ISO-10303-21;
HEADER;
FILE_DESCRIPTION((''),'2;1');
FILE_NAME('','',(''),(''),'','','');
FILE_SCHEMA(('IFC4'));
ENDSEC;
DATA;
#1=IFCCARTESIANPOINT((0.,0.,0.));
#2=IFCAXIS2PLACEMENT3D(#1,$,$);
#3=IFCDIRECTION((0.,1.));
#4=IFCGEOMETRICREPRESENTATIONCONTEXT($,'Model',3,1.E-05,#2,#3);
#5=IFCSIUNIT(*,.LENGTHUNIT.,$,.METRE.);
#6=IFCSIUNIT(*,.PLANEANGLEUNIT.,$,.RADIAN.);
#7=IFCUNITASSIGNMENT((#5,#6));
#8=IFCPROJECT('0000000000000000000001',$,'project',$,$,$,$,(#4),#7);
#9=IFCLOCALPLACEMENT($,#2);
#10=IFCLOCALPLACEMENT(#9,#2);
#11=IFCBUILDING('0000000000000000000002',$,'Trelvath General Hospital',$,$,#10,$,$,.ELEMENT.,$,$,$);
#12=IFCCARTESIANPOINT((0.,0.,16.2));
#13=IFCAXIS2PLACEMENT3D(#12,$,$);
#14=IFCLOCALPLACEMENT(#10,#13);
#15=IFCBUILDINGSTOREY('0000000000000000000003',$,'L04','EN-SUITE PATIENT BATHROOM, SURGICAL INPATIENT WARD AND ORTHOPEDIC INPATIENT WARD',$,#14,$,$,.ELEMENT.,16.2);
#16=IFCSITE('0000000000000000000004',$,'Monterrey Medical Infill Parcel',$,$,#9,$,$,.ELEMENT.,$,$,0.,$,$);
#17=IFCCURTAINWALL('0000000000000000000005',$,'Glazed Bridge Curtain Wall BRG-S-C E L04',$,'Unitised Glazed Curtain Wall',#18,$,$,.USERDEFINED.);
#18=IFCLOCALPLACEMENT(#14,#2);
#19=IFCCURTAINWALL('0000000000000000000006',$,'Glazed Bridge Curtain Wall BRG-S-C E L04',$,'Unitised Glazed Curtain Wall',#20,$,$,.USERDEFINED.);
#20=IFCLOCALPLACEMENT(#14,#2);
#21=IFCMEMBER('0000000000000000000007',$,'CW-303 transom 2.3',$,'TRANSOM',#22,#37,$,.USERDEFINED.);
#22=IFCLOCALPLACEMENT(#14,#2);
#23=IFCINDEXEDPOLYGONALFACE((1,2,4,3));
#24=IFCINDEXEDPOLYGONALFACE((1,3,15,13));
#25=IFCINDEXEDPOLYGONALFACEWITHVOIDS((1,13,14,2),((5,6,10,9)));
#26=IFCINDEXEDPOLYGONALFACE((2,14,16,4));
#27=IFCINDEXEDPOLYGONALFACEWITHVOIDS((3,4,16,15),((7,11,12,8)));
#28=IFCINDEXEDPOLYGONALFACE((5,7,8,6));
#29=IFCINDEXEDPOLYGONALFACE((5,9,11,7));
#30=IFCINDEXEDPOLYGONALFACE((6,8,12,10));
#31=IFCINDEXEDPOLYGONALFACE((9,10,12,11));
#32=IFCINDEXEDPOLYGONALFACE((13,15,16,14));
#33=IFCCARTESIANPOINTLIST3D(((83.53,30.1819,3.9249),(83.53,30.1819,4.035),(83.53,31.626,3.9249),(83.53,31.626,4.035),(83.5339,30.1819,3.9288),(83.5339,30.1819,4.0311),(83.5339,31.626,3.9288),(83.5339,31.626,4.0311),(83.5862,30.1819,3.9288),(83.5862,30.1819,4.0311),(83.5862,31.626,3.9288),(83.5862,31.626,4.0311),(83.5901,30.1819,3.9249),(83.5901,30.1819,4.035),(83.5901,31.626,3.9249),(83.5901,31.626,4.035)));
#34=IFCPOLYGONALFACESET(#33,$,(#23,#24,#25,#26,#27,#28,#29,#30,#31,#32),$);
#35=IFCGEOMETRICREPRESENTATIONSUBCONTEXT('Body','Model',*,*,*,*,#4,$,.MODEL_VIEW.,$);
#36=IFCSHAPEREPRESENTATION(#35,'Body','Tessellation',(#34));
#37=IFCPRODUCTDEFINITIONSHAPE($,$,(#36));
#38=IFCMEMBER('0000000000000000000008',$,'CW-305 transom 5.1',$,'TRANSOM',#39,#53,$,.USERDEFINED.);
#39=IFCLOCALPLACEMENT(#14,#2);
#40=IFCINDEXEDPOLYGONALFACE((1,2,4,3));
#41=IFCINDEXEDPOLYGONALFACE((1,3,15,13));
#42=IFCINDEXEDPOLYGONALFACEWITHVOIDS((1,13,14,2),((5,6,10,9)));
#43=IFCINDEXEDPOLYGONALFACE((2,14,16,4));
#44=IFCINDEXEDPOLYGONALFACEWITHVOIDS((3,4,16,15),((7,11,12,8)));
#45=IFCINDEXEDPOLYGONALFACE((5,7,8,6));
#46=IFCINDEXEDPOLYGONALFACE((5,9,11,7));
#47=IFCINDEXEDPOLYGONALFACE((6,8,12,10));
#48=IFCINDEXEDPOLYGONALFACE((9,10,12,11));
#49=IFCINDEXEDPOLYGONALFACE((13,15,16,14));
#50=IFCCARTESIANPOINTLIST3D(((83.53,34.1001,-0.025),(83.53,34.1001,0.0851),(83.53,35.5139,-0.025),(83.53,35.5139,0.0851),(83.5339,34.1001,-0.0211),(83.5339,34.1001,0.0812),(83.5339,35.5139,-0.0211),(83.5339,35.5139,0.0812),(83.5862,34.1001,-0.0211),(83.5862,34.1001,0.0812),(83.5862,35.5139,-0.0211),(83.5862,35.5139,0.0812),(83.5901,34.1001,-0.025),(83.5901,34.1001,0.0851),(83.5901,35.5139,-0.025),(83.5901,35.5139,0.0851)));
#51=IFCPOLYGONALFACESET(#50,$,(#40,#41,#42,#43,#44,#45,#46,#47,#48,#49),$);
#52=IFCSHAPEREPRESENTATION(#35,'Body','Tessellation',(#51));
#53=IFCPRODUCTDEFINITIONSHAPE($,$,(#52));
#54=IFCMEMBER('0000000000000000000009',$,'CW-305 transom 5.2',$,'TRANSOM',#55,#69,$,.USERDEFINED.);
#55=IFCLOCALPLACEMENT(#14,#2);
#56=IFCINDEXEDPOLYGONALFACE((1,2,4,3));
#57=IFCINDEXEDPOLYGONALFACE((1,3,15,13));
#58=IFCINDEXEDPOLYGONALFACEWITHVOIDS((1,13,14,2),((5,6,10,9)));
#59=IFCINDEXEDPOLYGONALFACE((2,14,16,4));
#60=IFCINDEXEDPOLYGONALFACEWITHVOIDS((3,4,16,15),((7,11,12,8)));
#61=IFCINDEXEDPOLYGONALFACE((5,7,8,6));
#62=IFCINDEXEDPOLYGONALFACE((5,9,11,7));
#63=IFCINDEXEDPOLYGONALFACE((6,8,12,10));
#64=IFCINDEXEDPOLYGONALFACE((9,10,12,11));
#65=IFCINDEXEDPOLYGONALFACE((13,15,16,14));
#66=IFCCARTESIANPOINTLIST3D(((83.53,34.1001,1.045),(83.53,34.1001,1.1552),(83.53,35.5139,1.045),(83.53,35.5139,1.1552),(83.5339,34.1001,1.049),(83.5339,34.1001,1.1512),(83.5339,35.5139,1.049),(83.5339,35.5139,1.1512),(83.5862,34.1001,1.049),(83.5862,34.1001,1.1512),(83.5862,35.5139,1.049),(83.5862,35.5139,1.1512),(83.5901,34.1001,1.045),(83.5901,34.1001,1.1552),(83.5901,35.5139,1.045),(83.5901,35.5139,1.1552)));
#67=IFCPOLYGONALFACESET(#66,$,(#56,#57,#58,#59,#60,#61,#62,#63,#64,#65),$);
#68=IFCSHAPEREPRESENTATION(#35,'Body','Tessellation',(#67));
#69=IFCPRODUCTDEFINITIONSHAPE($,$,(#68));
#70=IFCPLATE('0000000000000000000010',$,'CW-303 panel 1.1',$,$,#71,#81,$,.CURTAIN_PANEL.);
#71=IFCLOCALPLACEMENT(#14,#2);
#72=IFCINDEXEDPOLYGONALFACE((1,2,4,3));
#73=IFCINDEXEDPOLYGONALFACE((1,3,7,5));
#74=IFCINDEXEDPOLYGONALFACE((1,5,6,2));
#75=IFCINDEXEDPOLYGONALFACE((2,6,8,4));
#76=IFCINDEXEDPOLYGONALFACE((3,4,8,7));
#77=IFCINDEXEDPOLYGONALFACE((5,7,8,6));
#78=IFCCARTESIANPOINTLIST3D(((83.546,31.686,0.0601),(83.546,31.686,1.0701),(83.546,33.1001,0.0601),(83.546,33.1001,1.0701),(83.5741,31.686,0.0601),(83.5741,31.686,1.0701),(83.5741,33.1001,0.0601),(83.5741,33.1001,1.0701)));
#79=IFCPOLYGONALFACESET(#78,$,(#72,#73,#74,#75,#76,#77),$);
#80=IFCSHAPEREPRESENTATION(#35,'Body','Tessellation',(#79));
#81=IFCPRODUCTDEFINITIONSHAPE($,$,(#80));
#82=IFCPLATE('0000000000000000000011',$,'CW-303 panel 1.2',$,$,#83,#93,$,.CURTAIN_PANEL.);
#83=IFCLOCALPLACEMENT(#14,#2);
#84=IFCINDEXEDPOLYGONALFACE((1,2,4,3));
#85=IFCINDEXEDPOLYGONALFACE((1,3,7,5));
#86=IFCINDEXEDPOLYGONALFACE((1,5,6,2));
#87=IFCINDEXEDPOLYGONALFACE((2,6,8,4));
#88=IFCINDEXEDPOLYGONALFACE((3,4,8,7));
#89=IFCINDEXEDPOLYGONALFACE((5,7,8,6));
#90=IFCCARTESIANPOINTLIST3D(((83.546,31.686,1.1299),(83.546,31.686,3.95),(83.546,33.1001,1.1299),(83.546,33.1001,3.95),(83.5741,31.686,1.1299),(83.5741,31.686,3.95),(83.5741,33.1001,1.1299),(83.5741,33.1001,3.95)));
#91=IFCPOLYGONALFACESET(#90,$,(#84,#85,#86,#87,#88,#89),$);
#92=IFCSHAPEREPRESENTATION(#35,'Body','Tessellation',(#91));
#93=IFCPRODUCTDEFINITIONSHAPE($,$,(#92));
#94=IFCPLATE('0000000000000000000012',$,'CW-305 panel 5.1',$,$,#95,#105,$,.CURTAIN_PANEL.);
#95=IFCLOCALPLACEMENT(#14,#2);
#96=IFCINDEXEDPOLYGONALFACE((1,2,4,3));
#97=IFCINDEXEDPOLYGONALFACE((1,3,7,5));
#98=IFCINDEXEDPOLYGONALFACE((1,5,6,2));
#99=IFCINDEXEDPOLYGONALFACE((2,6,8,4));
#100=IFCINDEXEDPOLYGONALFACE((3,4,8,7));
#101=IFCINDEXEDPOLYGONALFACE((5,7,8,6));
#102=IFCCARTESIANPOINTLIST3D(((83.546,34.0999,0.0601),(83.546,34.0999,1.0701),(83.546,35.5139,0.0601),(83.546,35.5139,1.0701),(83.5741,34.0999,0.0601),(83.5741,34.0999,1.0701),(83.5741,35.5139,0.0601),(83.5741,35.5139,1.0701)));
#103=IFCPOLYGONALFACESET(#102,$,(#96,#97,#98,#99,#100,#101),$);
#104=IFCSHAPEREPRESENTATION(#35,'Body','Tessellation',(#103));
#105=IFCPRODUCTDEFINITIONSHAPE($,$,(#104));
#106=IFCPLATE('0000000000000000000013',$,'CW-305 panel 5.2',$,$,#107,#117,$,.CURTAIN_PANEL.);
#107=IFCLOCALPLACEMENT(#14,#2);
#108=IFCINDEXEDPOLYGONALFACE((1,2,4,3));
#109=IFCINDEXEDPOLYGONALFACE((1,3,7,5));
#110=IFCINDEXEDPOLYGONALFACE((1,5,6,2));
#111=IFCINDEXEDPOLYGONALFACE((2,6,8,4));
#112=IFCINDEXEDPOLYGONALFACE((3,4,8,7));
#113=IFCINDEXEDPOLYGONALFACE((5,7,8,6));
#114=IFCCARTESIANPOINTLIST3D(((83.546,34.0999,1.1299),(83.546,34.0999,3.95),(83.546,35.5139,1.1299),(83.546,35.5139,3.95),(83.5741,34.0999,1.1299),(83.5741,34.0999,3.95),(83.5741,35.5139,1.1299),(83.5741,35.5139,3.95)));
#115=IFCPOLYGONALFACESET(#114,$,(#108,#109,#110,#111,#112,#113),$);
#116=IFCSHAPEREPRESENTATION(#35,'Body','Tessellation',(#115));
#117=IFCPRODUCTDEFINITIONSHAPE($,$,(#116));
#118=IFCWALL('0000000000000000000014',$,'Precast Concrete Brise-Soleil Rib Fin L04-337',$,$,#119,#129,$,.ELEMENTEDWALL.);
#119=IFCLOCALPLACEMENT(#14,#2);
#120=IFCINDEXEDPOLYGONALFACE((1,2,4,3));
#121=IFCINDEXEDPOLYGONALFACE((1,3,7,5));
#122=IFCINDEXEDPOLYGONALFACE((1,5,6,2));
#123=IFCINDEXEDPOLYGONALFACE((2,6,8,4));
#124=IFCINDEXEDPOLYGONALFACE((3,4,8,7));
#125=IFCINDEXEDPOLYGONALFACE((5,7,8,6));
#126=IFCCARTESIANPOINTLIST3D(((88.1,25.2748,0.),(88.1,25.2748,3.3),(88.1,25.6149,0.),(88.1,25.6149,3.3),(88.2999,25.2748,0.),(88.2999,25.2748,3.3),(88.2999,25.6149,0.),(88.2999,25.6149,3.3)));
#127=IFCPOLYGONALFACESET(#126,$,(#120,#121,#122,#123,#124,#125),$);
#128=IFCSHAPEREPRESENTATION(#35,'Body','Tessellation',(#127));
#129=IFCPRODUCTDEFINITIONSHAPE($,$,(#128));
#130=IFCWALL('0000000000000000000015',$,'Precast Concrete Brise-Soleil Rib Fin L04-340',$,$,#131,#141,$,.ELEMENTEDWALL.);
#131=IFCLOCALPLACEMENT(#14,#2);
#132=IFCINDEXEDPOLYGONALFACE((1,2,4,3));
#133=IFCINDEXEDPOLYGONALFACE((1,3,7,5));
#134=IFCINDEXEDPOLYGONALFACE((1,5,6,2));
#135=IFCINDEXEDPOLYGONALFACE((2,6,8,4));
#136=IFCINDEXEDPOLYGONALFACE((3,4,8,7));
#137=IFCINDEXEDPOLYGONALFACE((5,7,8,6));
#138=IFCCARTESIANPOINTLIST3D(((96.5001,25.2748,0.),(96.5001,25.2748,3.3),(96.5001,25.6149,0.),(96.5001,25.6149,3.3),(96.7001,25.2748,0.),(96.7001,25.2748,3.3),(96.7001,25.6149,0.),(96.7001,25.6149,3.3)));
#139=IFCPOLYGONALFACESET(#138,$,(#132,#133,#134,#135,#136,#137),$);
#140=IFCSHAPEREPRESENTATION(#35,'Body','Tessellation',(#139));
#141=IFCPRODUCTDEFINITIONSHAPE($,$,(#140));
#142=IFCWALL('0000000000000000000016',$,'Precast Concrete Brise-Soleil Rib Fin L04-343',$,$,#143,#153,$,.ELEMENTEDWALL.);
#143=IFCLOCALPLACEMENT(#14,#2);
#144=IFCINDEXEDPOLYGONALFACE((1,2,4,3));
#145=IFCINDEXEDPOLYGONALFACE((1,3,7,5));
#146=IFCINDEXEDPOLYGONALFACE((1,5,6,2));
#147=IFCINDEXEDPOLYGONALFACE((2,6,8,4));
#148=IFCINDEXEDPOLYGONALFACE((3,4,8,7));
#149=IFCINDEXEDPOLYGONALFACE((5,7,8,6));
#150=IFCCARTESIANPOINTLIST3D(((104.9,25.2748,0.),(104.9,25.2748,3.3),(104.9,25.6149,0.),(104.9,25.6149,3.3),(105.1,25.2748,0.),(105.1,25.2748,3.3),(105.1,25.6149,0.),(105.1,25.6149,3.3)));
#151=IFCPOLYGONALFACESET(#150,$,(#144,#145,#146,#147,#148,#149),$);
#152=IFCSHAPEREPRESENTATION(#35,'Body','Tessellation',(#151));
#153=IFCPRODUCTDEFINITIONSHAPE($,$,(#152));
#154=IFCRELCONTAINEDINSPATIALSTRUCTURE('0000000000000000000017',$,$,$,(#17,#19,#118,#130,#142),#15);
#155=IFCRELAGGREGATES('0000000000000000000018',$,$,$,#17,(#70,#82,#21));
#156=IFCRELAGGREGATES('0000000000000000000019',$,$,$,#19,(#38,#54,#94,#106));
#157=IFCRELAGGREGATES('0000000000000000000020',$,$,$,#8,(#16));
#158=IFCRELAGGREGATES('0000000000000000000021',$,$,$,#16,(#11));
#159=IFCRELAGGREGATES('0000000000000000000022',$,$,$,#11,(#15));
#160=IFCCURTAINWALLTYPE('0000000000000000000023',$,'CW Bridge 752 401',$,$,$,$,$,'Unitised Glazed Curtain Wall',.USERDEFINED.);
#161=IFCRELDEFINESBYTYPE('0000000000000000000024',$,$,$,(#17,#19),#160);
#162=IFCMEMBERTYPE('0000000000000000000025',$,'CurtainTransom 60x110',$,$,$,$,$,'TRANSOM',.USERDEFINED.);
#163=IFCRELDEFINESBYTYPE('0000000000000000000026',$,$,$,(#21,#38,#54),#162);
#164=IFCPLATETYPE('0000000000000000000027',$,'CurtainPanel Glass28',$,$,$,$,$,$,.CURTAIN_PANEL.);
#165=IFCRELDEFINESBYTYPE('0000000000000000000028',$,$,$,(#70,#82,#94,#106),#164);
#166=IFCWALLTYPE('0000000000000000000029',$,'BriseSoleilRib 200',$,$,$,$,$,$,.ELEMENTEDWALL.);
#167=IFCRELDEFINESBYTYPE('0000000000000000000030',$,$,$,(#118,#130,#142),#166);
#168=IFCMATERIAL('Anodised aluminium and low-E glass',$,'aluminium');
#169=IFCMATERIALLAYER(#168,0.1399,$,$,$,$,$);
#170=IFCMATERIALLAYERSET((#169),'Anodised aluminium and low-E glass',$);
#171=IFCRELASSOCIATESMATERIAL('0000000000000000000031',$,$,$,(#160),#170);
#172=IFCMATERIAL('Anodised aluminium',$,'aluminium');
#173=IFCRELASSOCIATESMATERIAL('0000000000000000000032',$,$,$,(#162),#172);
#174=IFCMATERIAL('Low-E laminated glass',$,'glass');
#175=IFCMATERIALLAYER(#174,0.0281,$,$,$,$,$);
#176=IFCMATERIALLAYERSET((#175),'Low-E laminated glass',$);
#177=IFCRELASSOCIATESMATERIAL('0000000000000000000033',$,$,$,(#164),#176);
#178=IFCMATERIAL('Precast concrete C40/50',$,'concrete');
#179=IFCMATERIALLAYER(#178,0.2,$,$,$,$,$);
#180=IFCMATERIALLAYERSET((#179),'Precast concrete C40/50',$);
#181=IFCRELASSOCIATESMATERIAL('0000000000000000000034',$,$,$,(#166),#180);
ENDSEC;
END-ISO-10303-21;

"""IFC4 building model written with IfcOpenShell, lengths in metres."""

from ifc_helpers import new_model, si_unit, direction, frame, frame_2d, origin, origin_2d, place, context, subcontext, project, spatial, rectangle, hollow_rectangle, extrude, material, layer, layer_set, material_profile, profile_set, type_object, element, aggregate, save


model = new_model("IFC4")

# Units and contexts
model_context = context("Model", 3, precision=1e-05, world=origin(), true_north=direction((0.0, 1.0)))
body_context = subcontext(model_context, "Body", "Model", "MODEL_VIEW")
ifc_project = project(units=[si_unit("LENGTHUNIT", "METRE"), si_unit("PLANEANGLEUNIT", "RADIAN")], contexts=[model_context])

# Site, building, storey
site_placement = place(None, origin())
site = spatial("IfcSite", under=ifc_project, at=site_placement, Name="Monterrey Medical Infill Parcel", CompositionType="ELEMENT", RefElevation=0.0)
building_placement = place(site_placement, origin())
building = spatial("IfcBuilding", under=site, at=building_placement, Name="Trelvath General Hospital", CompositionType="ELEMENT")
storey_placement = place(building_placement, frame((0.0, 0.0, 16.2)))
storey = spatial("IfcBuildingStorey", under=building, at=storey_placement, Name="L04", Description="EN-SUITE PATIENT BATHROOM, SURGICAL INPATIENT WARD AND ORTHOPEDIC INPATIENT WARD", CompositionType="ELEMENT", Elevation=16.2)

# Curtain wall
ifc_material_1 = material(Name="Anodised aluminium and low-E glass", Category="aluminium")
ifc_layer_1 = layer(ifc_material_1, 0.1399)
ifc_layer_set_1 = layer_set([ifc_layer_1], Name="Anodised aluminium and low-E glass")
curtain_wall_type = type_object("IfcCurtainWallType", Name="CW Bridge 752 401", ElementType="Unitised Glazed Curtain Wall", PredefinedType="USERDEFINED", material=ifc_layer_set_1)
curtain_wall_1_placement = place(storey_placement, origin())
curtain_wall_1 = element("IfcCurtainWall", 1, at=curtain_wall_1_placement, inside=storey, type_object=curtain_wall_type, Name="Glazed Bridge Curtain Wall BRG-S-C E L04", ObjectType="Unitised Glazed Curtain Wall", PredefinedType="USERDEFINED")

# Curtain wall
curtain_wall_2_placement = place(storey_placement, origin())
curtain_wall_2 = element("IfcCurtainWall", 2, at=curtain_wall_2_placement, inside=storey, type_object=curtain_wall_type, Name="Glazed Bridge Curtain Wall BRG-S-C E L04", ObjectType="Unitised Glazed Curtain Wall", PredefinedType="USERDEFINED")

# Members
ifc_material_2 = material(Name="Anodised aluminium", Category="aluminium")
ifc_material_profile_1 = material_profile(ifc_material_2, hollow_rectangle(XDim=0.0601, YDim=0.1101, WallThickness=0.0039, at=origin_2d()), Name="RHS60x110x4")
ifc_profile_set_1 = profile_set([ifc_material_profile_1], Name="Anodised aluminium")
member_type_1 = type_object("IfcMemberType", Name="CurtainTransom 60x110", ElementType="TRANSOM", PredefinedType="USERDEFINED", material=ifc_profile_set_1)
member_1_placement = place(storey_placement, frame((83.5601, 31.626, 3.98), z_axis=(0.0, -1.0, 0.0), x_axis=(1.0, 0.0, 0.0)))
member_1 = element("IfcMember", 3, at=member_1_placement, type_object=member_type_1, Name="CW-303 transom 2.3", ObjectType="TRANSOM", PredefinedType="USERDEFINED", context=body_context, shape_type="SweptSolid", body=[
    extrude(hollow_rectangle(XDim=0.0601, YDim=0.1101, WallThickness=0.0039, at=origin_2d()), origin(), (0.0, 0.0, 1.0), 1.4441),
])
member_2_placement = place(storey_placement, frame((83.5601, 35.5139, 0.03), z_axis=(0.0, -1.0, 0.0), x_axis=(1.0, 0.0, 0.0)))
member_2 = element("IfcMember", 4, at=member_2_placement, type_object=member_type_1, Name="CW-305 transom 5.1", ObjectType="TRANSOM", PredefinedType="USERDEFINED", context=body_context, shape_type="SweptSolid", body=[
    extrude(hollow_rectangle(XDim=0.0601, YDim=0.1101, WallThickness=0.0039, at=origin_2d()), origin(), (0.0, 0.0, 1.0), 1.4138),
])
member_3_placement = place(storey_placement, frame((83.5601, 35.5139, 1.1001), z_axis=(0.0, -1.0, 0.0), x_axis=(1.0, 0.0, 0.0)))
member_3 = element("IfcMember", 5, at=member_3_placement, type_object=member_type_1, Name="CW-305 transom 5.2", ObjectType="TRANSOM", PredefinedType="USERDEFINED", context=body_context, shape_type="SweptSolid", body=[
    extrude(hollow_rectangle(XDim=0.0601, YDim=0.1101, WallThickness=0.0039, at=origin_2d()), origin(), (0.0, 0.0, 1.0), 1.4138),
])

# Plates
ifc_material_3 = material(Name="Low-E laminated glass", Category="glass")
ifc_layer_2 = layer(ifc_material_3, 0.0281)
ifc_layer_set_2 = layer_set([ifc_layer_2], Name="Low-E laminated glass")
plate_type = type_object("IfcPlateType", Name="CurtainPanel Glass28", PredefinedType="CURTAIN_PANEL", material=ifc_layer_set_2)
plate_1_placement = place(storey_placement, frame((83.5601, 32.3931, 0.0601), z_axis=(0.0, 0.0, 1.0), x_axis=(0.0, -1.0, 0.0)))
plate_1 = element("IfcPlate", 6, at=plate_1_placement, type_object=plate_type, Name="CW-303 panel 1.1", PredefinedType="CURTAIN_PANEL", context=body_context, shape_type="SweptSolid", body=[
    extrude(rectangle(XDim=1.4141, YDim=0.0281, at=origin_2d()), origin(), (0.0, 0.0, 1.0), 1.01),
])
plate_2_placement = place(storey_placement, frame((83.5601, 32.3931, 1.1299), z_axis=(0.0, 0.0, 1.0), x_axis=(0.0, -1.0, 0.0)))
plate_2 = element("IfcPlate", 7, at=plate_2_placement, type_object=plate_type, Name="CW-303 panel 1.2", PredefinedType="CURTAIN_PANEL", context=body_context, shape_type="SweptSolid", body=[
    extrude(rectangle(XDim=1.4141, YDim=0.0281, at=origin_2d()), origin(), (0.0, 0.0, 1.0), 2.8201),
])
aggregate(curtain_wall_1, [plate_1, plate_2, member_1])
plate_3_placement = place(storey_placement, frame((83.5601, 34.8069, 0.0601), z_axis=(0.0, 0.0, 1.0), x_axis=(0.0, -1.0, 0.0)))
plate_3 = element("IfcPlate", 8, at=plate_3_placement, type_object=plate_type, Name="CW-305 panel 5.1", PredefinedType="CURTAIN_PANEL", context=body_context, shape_type="SweptSolid", body=[
    extrude(rectangle(XDim=1.4141, YDim=0.0281, at=origin_2d()), origin(), (0.0, 0.0, 1.0), 1.01),
])
plate_4_placement = place(storey_placement, frame((83.5601, 34.8069, 1.1299), z_axis=(0.0, 0.0, 1.0), x_axis=(0.0, -1.0, 0.0)))
plate_4 = element("IfcPlate", 9, at=plate_4_placement, type_object=plate_type, Name="CW-305 panel 5.2", PredefinedType="CURTAIN_PANEL", context=body_context, shape_type="SweptSolid", body=[
    extrude(rectangle(XDim=1.4141, YDim=0.0281, at=origin_2d()), origin(), (0.0, 0.0, 1.0), 2.8201),
])
aggregate(curtain_wall_2, [member_2, member_3, plate_3, plate_4])

# Walls
ifc_material_4 = material(Name="Precast concrete C40/50", Category="concrete")
ifc_layer_3 = layer(ifc_material_4, 0.2)
ifc_layer_set_3 = layer_set([ifc_layer_3], Name="Precast concrete C40/50")
wall_type_1 = type_object("IfcWallType", Name="BriseSoleilRib 200", PredefinedType="ELEMENTEDWALL", material=ifc_layer_set_3)
for number, where, z_axis, x_axis, name in (
    (10, (88.2, 25.2749, 0.0), (0.0, 0.0, 1.0), (0.0, 1.0, 0.0), "Precast Concrete Brise-Soleil Rib Fin L04-337"),
    (11, (96.6001, 25.2749, 0.0), (0.0, 0.0, 1.0), (0.0, 1.0, 0.0), "Precast Concrete Brise-Soleil Rib Fin L04-340"),
    (12, (105.0, 25.2749, 0.0), (0.0, 0.0, 1.0), (0.0, 1.0, 0.0), "Precast Concrete Brise-Soleil Rib Fin L04-343"),
):
    element("IfcWall", number, at=place(storey_placement, frame(where, z_axis=z_axis, x_axis=x_axis)), inside=storey, type_object=wall_type_1, Name=name, PredefinedType="ELEMENTEDWALL", context=body_context, shape_type="SweptSolid", body=[
        extrude(rectangle(XDim=0.3401, YDim=0.2, at=frame_2d((0.1699, 0.0))), origin(), (0.0, 0.0, 1.0), 3.3),
    ])

save(model, "model.ifc")
